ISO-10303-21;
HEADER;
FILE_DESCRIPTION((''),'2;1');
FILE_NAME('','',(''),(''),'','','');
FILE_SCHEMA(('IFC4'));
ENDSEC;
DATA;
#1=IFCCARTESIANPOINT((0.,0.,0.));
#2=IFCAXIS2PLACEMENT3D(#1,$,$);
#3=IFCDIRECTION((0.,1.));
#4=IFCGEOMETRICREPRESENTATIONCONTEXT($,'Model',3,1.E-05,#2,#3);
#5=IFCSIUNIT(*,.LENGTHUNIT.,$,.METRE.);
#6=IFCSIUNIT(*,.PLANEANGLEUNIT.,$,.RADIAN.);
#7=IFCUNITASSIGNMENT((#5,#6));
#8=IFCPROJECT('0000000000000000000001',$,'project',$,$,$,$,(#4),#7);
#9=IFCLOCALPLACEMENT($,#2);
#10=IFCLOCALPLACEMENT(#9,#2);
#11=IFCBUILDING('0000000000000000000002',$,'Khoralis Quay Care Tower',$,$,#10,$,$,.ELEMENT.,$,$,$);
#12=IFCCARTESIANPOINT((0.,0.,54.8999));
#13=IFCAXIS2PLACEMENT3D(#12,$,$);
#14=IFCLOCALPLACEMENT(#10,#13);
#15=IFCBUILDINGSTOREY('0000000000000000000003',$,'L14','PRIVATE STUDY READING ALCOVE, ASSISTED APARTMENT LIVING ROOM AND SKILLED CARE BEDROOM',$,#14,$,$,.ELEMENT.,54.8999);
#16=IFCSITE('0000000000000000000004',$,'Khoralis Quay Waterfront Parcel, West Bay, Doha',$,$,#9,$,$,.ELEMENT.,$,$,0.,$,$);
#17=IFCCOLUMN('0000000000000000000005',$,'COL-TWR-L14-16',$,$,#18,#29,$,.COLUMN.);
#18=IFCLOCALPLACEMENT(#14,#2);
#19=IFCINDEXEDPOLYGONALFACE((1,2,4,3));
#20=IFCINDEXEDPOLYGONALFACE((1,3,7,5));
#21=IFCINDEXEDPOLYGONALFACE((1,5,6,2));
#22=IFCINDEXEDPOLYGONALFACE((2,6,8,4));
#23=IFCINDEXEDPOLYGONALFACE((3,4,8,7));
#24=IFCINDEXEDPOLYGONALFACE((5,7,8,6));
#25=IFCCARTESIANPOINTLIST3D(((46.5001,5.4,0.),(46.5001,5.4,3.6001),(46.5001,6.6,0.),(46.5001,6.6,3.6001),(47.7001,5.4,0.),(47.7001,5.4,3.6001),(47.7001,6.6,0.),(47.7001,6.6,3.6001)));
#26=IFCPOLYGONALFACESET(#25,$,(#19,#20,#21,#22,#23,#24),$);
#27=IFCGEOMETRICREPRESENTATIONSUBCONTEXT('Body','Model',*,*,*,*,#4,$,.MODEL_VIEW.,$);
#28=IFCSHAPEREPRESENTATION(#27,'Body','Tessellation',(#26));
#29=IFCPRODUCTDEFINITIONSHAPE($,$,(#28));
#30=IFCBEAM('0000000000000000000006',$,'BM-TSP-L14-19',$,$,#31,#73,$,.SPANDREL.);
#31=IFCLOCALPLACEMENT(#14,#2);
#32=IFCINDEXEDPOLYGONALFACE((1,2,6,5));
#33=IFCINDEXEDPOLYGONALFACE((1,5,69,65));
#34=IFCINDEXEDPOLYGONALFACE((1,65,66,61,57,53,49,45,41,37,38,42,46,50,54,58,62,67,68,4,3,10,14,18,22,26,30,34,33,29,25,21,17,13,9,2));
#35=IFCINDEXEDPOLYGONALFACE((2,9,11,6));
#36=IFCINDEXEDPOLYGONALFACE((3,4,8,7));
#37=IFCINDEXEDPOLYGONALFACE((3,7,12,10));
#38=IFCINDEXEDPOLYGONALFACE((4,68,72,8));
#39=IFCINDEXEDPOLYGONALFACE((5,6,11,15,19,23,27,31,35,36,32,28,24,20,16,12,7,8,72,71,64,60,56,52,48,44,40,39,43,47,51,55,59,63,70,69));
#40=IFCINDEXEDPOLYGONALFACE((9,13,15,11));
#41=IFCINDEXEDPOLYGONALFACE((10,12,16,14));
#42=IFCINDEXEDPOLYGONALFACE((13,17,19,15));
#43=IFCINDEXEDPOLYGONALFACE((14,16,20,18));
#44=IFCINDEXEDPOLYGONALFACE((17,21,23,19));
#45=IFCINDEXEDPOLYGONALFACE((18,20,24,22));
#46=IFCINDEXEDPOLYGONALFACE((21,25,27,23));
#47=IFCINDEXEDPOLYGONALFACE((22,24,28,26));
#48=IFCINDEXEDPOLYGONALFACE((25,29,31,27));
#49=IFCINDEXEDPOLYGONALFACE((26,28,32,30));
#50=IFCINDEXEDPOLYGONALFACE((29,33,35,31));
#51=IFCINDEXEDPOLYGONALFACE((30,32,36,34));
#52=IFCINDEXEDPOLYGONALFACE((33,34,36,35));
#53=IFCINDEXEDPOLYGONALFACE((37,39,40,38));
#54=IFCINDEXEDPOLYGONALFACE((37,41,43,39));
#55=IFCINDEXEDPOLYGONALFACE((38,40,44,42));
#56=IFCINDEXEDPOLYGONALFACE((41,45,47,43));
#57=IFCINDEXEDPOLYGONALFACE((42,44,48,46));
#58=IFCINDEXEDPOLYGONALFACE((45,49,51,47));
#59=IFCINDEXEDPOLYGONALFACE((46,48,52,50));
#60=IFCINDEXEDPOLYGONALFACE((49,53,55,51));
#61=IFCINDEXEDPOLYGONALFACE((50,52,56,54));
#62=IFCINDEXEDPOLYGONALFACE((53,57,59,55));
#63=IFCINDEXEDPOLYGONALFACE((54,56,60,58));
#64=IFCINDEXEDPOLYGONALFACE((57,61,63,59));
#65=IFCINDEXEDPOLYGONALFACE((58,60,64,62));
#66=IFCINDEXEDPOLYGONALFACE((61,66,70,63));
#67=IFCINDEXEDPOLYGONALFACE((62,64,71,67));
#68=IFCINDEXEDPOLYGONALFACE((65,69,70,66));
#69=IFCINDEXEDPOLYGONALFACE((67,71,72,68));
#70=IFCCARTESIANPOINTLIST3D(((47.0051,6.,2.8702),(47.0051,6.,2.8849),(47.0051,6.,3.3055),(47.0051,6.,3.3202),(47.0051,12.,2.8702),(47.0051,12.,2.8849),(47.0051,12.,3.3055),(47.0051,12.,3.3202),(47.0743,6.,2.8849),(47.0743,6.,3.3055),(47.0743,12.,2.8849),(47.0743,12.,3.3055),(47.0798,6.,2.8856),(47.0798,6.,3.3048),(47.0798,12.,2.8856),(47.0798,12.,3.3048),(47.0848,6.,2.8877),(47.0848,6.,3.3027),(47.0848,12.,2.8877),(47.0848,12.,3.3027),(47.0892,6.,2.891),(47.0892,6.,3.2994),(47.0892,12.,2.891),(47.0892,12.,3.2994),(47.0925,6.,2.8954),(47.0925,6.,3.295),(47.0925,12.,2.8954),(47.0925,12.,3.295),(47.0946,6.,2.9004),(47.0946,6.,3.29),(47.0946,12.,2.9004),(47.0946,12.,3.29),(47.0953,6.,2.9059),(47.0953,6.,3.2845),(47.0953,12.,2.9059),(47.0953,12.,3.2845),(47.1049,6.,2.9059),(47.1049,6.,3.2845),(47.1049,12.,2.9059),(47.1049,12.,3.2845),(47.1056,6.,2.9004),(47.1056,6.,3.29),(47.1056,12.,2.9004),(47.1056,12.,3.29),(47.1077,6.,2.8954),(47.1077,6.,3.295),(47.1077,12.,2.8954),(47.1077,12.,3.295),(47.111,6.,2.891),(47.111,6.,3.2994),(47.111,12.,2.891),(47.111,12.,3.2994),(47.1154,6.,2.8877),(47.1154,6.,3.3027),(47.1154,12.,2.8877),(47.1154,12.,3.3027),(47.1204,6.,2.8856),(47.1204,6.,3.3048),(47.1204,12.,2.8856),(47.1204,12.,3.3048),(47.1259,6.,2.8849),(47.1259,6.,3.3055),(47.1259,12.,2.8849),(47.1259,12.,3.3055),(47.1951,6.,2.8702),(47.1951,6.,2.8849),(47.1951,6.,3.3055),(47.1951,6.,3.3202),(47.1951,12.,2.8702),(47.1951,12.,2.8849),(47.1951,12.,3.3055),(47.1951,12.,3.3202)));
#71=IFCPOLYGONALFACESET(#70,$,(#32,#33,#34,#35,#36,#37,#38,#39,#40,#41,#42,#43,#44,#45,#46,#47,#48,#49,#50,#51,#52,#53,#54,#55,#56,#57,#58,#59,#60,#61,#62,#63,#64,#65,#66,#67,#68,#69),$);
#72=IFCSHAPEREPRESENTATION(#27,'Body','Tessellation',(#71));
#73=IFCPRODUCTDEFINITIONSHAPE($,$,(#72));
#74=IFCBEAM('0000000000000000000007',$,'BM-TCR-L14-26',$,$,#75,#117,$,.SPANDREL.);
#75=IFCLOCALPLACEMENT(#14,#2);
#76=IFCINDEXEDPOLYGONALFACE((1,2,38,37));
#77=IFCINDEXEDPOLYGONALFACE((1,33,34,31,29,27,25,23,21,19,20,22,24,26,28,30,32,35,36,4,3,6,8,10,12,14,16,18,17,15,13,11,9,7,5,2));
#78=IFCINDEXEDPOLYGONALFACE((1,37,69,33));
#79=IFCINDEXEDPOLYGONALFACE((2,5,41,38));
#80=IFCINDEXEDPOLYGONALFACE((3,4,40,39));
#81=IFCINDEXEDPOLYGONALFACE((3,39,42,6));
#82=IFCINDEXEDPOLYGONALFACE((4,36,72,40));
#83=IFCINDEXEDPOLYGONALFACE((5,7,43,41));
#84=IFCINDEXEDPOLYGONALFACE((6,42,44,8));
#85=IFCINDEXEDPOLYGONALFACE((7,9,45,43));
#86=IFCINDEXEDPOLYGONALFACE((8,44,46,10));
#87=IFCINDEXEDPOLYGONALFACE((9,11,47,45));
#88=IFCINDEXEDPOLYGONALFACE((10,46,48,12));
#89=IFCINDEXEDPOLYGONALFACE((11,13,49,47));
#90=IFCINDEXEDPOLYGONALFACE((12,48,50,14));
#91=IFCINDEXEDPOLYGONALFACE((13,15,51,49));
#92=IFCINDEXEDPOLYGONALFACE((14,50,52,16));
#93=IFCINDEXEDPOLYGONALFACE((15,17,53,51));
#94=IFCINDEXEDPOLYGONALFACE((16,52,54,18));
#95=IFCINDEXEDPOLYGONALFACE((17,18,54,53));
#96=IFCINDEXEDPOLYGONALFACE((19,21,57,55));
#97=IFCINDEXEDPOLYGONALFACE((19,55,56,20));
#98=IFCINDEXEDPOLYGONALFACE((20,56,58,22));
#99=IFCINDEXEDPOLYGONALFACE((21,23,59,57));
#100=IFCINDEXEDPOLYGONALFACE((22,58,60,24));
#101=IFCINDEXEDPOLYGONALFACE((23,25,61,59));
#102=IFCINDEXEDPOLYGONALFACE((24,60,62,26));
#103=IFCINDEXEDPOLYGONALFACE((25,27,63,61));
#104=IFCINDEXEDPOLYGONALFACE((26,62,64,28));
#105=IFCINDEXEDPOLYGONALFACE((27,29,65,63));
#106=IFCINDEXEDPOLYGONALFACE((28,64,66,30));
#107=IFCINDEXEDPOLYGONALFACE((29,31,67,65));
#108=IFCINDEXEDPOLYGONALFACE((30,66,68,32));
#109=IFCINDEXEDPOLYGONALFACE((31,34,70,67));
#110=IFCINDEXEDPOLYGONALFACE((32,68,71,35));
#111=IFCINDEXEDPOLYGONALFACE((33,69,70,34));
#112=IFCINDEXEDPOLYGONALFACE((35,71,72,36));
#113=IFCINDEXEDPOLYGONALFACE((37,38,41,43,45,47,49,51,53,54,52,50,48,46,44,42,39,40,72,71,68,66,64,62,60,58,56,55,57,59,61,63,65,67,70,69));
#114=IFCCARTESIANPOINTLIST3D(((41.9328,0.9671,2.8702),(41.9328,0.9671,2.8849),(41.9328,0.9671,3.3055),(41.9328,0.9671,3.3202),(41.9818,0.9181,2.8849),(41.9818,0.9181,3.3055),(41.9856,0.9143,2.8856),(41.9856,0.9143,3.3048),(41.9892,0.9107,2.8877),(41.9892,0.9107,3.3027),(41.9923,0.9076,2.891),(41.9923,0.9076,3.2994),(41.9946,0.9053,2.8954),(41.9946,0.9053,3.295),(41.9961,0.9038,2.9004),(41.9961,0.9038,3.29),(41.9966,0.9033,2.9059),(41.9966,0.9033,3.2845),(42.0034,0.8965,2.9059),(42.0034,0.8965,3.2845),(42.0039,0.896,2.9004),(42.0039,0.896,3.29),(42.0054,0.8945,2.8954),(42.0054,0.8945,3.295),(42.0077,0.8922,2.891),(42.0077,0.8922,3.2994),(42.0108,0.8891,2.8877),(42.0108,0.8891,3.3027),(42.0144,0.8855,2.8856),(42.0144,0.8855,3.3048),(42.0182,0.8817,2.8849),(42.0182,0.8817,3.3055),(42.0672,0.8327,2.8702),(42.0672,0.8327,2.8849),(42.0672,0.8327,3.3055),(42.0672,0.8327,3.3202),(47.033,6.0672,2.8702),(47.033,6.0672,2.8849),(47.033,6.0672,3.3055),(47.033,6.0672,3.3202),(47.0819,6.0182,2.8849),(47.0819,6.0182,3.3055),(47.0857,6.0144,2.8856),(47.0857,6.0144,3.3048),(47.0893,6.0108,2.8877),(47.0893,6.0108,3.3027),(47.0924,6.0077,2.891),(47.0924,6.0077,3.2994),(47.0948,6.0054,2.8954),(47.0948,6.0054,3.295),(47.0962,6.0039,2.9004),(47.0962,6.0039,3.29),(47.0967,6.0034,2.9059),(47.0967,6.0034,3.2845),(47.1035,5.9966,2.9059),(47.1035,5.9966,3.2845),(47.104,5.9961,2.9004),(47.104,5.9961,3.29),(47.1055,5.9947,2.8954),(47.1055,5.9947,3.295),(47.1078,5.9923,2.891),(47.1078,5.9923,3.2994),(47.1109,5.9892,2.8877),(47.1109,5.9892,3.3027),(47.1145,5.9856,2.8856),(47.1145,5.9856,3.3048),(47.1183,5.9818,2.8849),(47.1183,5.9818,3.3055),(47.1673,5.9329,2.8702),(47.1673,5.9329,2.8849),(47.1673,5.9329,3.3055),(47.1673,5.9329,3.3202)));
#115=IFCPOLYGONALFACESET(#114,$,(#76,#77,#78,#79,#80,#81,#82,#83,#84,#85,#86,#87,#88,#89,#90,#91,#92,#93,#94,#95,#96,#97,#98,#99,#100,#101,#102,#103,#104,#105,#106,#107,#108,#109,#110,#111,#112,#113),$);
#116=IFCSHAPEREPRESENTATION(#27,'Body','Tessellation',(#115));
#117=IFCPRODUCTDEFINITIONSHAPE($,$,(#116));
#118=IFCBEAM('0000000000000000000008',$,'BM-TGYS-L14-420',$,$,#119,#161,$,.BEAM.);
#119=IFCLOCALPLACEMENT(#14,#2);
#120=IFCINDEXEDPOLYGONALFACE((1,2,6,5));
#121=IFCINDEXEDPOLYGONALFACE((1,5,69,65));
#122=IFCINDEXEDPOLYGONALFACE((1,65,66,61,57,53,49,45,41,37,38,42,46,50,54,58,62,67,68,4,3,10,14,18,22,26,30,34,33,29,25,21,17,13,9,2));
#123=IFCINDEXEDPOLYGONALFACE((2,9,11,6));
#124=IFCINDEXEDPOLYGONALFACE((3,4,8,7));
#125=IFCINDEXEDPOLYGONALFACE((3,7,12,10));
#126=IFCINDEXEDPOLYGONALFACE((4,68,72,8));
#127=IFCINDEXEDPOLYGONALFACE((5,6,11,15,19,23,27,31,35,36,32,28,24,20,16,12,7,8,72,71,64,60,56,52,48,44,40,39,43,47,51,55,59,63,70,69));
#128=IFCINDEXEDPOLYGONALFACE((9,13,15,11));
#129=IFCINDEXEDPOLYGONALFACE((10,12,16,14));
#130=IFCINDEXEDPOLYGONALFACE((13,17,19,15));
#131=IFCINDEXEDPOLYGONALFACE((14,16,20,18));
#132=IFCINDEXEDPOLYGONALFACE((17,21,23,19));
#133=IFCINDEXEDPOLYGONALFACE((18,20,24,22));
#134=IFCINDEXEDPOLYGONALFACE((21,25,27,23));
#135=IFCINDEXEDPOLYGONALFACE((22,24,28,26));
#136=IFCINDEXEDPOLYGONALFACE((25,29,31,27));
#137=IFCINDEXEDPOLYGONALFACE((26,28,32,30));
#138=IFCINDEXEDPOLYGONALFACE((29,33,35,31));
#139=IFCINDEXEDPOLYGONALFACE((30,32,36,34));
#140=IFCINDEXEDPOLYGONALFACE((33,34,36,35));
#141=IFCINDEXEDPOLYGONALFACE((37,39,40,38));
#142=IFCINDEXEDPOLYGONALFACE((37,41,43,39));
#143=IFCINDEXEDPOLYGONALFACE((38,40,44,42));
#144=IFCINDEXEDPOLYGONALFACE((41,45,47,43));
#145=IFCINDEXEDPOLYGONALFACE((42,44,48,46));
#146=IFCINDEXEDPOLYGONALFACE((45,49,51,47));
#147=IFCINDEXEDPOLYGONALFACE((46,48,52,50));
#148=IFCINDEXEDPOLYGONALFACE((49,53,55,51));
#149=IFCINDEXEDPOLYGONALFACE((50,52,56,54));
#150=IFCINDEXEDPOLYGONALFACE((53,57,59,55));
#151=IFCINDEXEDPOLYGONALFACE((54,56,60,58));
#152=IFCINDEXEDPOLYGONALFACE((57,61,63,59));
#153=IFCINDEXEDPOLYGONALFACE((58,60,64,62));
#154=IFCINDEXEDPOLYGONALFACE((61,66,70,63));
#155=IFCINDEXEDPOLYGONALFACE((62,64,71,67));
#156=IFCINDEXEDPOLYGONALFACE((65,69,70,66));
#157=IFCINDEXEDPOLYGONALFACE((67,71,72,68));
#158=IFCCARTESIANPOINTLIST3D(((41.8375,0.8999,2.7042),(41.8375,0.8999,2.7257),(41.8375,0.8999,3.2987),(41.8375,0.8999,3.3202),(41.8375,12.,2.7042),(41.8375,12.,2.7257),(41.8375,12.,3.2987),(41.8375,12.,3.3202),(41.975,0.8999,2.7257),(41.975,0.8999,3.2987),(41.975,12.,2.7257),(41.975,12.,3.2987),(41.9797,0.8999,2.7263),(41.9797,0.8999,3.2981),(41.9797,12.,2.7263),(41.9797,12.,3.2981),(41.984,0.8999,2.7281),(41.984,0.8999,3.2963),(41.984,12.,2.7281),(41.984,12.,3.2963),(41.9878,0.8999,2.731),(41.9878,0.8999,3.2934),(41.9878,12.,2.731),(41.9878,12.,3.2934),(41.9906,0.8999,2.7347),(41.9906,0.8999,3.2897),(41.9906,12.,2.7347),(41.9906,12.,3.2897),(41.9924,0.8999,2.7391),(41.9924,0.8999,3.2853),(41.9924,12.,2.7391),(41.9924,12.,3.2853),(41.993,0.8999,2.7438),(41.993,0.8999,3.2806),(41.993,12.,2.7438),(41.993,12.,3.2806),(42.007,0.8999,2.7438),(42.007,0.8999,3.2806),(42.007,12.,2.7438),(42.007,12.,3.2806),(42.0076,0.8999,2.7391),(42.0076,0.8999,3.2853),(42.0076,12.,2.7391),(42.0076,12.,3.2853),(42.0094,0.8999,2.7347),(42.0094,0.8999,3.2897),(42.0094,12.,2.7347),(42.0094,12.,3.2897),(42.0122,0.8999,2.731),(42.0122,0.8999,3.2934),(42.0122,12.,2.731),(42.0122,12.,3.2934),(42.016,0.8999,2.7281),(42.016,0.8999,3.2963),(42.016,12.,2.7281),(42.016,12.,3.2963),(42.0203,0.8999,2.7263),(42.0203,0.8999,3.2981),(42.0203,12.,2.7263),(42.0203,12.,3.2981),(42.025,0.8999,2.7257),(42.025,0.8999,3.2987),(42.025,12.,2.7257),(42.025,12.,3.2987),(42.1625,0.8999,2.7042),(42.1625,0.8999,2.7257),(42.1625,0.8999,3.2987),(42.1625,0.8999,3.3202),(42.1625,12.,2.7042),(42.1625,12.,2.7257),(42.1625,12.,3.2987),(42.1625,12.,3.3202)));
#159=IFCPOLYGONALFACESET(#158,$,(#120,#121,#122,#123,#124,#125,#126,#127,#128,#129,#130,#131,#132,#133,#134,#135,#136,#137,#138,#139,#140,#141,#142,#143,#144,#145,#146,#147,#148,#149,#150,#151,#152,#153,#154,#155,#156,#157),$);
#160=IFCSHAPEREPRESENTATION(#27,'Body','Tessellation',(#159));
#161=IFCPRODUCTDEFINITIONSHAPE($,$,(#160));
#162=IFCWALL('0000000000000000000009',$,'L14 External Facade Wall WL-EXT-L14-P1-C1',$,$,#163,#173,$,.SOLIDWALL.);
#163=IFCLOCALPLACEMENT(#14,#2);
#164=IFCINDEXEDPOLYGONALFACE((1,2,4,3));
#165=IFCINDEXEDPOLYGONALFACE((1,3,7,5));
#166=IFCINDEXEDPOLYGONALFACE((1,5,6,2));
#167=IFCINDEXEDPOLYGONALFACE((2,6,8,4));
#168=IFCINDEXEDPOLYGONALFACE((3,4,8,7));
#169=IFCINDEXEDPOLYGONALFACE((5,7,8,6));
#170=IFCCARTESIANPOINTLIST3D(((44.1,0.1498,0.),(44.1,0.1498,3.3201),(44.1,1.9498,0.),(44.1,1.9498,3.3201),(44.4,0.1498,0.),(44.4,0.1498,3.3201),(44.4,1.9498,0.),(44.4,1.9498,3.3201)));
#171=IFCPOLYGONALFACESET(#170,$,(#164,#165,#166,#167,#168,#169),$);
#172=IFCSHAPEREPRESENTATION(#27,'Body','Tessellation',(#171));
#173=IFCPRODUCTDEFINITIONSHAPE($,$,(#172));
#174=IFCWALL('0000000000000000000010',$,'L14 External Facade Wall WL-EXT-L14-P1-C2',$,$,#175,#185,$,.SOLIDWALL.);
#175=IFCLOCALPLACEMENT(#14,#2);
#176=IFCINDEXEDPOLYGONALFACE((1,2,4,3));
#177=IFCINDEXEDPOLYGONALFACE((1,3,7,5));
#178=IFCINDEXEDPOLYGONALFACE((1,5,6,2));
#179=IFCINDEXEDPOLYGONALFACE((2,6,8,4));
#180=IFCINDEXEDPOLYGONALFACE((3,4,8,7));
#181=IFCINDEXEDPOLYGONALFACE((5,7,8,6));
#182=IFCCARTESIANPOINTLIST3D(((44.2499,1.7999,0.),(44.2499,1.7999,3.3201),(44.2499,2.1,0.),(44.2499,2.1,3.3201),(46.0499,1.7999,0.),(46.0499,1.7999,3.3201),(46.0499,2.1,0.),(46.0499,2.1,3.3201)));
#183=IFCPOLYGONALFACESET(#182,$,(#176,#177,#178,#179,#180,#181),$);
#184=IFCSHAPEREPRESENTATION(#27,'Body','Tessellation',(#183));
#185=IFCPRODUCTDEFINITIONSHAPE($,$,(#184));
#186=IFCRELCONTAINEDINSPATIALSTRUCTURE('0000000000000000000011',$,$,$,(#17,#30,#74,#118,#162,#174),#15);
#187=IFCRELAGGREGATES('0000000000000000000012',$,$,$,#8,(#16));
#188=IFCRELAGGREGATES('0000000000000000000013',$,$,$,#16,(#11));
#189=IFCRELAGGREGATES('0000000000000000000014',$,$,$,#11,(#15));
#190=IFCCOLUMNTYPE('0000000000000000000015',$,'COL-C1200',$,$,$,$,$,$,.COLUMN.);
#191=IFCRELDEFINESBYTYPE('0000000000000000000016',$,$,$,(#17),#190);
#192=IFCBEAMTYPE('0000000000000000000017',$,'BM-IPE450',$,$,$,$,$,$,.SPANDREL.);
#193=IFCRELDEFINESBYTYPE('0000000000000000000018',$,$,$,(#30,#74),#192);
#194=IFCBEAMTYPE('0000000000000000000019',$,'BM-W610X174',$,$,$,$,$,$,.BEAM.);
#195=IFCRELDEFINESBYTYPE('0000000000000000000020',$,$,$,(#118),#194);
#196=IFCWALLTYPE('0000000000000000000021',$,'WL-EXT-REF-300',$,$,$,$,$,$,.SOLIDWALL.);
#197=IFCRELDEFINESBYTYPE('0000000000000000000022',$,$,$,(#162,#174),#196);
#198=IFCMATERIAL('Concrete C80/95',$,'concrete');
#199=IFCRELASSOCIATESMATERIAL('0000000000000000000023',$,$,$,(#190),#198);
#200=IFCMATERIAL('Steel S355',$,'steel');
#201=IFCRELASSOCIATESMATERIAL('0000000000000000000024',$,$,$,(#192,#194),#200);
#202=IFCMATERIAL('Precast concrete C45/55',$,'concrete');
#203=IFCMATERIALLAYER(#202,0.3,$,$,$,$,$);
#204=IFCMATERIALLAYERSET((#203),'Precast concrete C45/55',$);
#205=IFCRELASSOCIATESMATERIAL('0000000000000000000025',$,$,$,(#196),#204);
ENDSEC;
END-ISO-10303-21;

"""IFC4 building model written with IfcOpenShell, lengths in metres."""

from ifc_helpers import new_model, si_unit, direction, frame, frame_2d, origin, origin_2d, place, context, subcontext, project, spatial, rectangle, i_section, extrude, source, transform, mapped, material, layer, layer_set, material_profile, profile_set, type_object, element, save


model = new_model("IFC4")

# Units and contexts
model_context = context("Model", 3, precision=1e-05, world=origin(), true_north=direction((0.0, 1.0)))
body_context = subcontext(model_context, "Body", "Model", "MODEL_VIEW")
ifc_project = project(units=[si_unit("LENGTHUNIT", "METRE"), si_unit("PLANEANGLEUNIT", "RADIAN")], contexts=[model_context])

# Site, building, storey
site_placement = place(None, origin())
site = spatial("IfcSite", under=ifc_project, at=site_placement, Name="Khoralis Quay Waterfront Parcel, West Bay, Doha", CompositionType="ELEMENT", RefElevation=0.0)
building_placement = place(site_placement, origin())
building = spatial("IfcBuilding", under=site, at=building_placement, Name="Khoralis Quay Care Tower", CompositionType="ELEMENT")
storey_placement = place(building_placement, frame((0.0, 0.0, 54.8999)))
storey = spatial("IfcBuildingStorey", under=building, at=storey_placement, Name="L14", Description="PRIVATE STUDY READING ALCOVE, ASSISTED APARTMENT LIVING ROOM AND SKILLED CARE BEDROOM", CompositionType="ELEMENT", Elevation=54.8999)

# Column
ifc_material_1 = material(Name="Concrete C80/95", Category="concrete")
ifc_material_profile_1 = material_profile(ifc_material_1, rectangle(XDim=1.2, YDim=1.2, at=origin_2d()), Name="Concrete C80/95")
ifc_profile_set_1 = profile_set([ifc_material_profile_1], Name="Concrete C80/95")
column_type = type_object("IfcColumnType", Name="COL-C1200", PredefinedType="COLUMN", material=ifc_profile_set_1)
shared_shape_1 = source(origin(), body_context, "Body", "SweptSolid", [
    extrude(rectangle(XDim=1.2, YDim=1.2, at=origin_2d()), origin(), (0.0, 0.0, 1.0), 3.6001),
])
column_placement = place(storey_placement, frame((47.1001, 6.0, 0.0), z_axis=(0.0, 0.0, 1.0), x_axis=(1.0, 0.0, 0.0)))
element("IfcColumn", 1, at=column_placement, inside=storey, type_object=column_type, Name="COL-TWR-L14-16", PredefinedType="COLUMN", context=body_context, shape_type="MappedRepresentation", body=[
    mapped(shared_shape_1, transform((0.0, 0.0, 0.0), scale=1.0)),
])

# Beams
ifc_material_2 = material(Name="Steel S355", Category="steel")
ifc_material_profile_2 = material_profile(ifc_material_2, i_section(OverallWidth=0.1899, OverallDepth=0.45, WebThickness=0.0095, FlangeThickness=0.0146, FilletRadius=0.021, at=origin_2d()), Name="Steel S355")
ifc_profile_set_2 = profile_set([ifc_material_profile_2], Name="Steel S355")
beam_type_1 = type_object("IfcBeamType", Name="BM-IPE450", PredefinedType="SPANDREL", material=ifc_profile_set_2)
shared_shape_2 = source(origin(), body_context, "Body", "SweptSolid", [
    extrude(i_section(OverallWidth=0.1899, OverallDepth=0.45, WebThickness=0.0095, FlangeThickness=0.0146, FilletRadius=0.021, at=origin_2d()), origin(), (0.0, 0.0, 1.0), 6.0),
])
beam_1_placement = place(storey_placement, frame((47.1001, 6.0, 3.0952), z_axis=(0.0, 1.0, 0.0), x_axis=(-1.0, 0.0, 0.0)))
element("IfcBeam", 2, at=beam_1_placement, inside=storey, type_object=beam_type_1, Name="BM-TSP-L14-19", PredefinedType="SPANDREL", context=body_context, shape_type="MappedRepresentation", body=[
    mapped(shared_shape_2, transform((0.0, 0.0, 0.0), scale=1.0)),
])
shared_shape_3 = source(origin(), body_context, "Body", "SweptSolid", [
    extrude(i_section(OverallWidth=0.1899, OverallDepth=0.45, WebThickness=0.0095, FlangeThickness=0.0146, FilletRadius=0.021, at=origin_2d()), origin(), (0.0, 0.0, 1.0), 7.2126),
])
beam_2_placement = place(storey_placement, frame((42.0, 0.8999, 3.0952), z_axis=(0.707107, 0.707107, 0.0), x_axis=(-0.707107, 0.707107, 0.0)))
element("IfcBeam", 3, at=beam_2_placement, inside=storey, type_object=beam_type_1, Name="BM-TCR-L14-26", PredefinedType="SPANDREL", context=body_context, shape_type="MappedRepresentation", body=[
    mapped(shared_shape_3, transform((0.0, 0.0, 0.0), scale=1.0)),
])
ifc_material_profile_3 = material_profile(ifc_material_2, i_section(OverallWidth=0.325, OverallDepth=0.616, WebThickness=0.0139, FlangeThickness=0.0215, FilletRadius=0.0181, at=origin_2d()), Name="Steel S355")
ifc_profile_set_3 = profile_set([ifc_material_profile_3], Name="Steel S355")
beam_type_2 = type_object("IfcBeamType", Name="BM-W610X174", PredefinedType="BEAM", material=ifc_profile_set_3)
shared_shape_4 = source(origin(), body_context, "Body", "SweptSolid", [
    extrude(i_section(OverallWidth=0.325, OverallDepth=0.616, WebThickness=0.0139, FlangeThickness=0.0215, FilletRadius=0.0181, at=origin_2d()), origin(), (0.0, 0.0, 1.0), 11.1001),
])
beam_3_placement = place(storey_placement, frame((42.0, 0.8999, 3.0122), z_axis=(0.0, 1.0, 0.0), x_axis=(-1.0, 0.0, 0.0)))
element("IfcBeam", 4, at=beam_3_placement, inside=storey, type_object=beam_type_2, Name="BM-TGYS-L14-420", PredefinedType="BEAM", context=body_context, shape_type="MappedRepresentation", body=[
    mapped(shared_shape_4, transform((0.0, 0.0, 0.0), scale=1.0)),
])

# Walls
ifc_material_3 = material(Name="Precast concrete C45/55", Category="concrete")
ifc_layer_1 = layer(ifc_material_3, 0.3)
ifc_layer_set_1 = layer_set([ifc_layer_1], Name="Precast concrete C45/55")
wall_type_1 = type_object("IfcWallType", Name="WL-EXT-REF-300", PredefinedType="SOLIDWALL", material=ifc_layer_set_1)
for number, where, z_axis, x_axis, name in (
    (5, (44.25, 0.1499, 0.0), (0.0, 0.0, 1.0), (0.0, 1.0, 0.0), "L14 External Facade Wall WL-EXT-L14-P1-C1"),
    (6, (44.25, 1.95, 0.0), (0.0, 0.0, 1.0), (1.0, 0.0, 0.0), "L14 External Facade Wall WL-EXT-L14-P1-C2"),
):
    element("IfcWall", number, at=place(storey_placement, frame(where, z_axis=z_axis, x_axis=x_axis)), inside=storey, type_object=wall_type_1, Name=name, PredefinedType="SOLIDWALL", context=body_context, shape_type="SweptSolid", body=[
        extrude(rectangle(XDim=1.8, YDim=0.3, at=frame_2d((0.8999, 0.0))), origin(), (0.0, 0.0, 1.0), 3.3201),
    ])

save(model, "model.ifc")
